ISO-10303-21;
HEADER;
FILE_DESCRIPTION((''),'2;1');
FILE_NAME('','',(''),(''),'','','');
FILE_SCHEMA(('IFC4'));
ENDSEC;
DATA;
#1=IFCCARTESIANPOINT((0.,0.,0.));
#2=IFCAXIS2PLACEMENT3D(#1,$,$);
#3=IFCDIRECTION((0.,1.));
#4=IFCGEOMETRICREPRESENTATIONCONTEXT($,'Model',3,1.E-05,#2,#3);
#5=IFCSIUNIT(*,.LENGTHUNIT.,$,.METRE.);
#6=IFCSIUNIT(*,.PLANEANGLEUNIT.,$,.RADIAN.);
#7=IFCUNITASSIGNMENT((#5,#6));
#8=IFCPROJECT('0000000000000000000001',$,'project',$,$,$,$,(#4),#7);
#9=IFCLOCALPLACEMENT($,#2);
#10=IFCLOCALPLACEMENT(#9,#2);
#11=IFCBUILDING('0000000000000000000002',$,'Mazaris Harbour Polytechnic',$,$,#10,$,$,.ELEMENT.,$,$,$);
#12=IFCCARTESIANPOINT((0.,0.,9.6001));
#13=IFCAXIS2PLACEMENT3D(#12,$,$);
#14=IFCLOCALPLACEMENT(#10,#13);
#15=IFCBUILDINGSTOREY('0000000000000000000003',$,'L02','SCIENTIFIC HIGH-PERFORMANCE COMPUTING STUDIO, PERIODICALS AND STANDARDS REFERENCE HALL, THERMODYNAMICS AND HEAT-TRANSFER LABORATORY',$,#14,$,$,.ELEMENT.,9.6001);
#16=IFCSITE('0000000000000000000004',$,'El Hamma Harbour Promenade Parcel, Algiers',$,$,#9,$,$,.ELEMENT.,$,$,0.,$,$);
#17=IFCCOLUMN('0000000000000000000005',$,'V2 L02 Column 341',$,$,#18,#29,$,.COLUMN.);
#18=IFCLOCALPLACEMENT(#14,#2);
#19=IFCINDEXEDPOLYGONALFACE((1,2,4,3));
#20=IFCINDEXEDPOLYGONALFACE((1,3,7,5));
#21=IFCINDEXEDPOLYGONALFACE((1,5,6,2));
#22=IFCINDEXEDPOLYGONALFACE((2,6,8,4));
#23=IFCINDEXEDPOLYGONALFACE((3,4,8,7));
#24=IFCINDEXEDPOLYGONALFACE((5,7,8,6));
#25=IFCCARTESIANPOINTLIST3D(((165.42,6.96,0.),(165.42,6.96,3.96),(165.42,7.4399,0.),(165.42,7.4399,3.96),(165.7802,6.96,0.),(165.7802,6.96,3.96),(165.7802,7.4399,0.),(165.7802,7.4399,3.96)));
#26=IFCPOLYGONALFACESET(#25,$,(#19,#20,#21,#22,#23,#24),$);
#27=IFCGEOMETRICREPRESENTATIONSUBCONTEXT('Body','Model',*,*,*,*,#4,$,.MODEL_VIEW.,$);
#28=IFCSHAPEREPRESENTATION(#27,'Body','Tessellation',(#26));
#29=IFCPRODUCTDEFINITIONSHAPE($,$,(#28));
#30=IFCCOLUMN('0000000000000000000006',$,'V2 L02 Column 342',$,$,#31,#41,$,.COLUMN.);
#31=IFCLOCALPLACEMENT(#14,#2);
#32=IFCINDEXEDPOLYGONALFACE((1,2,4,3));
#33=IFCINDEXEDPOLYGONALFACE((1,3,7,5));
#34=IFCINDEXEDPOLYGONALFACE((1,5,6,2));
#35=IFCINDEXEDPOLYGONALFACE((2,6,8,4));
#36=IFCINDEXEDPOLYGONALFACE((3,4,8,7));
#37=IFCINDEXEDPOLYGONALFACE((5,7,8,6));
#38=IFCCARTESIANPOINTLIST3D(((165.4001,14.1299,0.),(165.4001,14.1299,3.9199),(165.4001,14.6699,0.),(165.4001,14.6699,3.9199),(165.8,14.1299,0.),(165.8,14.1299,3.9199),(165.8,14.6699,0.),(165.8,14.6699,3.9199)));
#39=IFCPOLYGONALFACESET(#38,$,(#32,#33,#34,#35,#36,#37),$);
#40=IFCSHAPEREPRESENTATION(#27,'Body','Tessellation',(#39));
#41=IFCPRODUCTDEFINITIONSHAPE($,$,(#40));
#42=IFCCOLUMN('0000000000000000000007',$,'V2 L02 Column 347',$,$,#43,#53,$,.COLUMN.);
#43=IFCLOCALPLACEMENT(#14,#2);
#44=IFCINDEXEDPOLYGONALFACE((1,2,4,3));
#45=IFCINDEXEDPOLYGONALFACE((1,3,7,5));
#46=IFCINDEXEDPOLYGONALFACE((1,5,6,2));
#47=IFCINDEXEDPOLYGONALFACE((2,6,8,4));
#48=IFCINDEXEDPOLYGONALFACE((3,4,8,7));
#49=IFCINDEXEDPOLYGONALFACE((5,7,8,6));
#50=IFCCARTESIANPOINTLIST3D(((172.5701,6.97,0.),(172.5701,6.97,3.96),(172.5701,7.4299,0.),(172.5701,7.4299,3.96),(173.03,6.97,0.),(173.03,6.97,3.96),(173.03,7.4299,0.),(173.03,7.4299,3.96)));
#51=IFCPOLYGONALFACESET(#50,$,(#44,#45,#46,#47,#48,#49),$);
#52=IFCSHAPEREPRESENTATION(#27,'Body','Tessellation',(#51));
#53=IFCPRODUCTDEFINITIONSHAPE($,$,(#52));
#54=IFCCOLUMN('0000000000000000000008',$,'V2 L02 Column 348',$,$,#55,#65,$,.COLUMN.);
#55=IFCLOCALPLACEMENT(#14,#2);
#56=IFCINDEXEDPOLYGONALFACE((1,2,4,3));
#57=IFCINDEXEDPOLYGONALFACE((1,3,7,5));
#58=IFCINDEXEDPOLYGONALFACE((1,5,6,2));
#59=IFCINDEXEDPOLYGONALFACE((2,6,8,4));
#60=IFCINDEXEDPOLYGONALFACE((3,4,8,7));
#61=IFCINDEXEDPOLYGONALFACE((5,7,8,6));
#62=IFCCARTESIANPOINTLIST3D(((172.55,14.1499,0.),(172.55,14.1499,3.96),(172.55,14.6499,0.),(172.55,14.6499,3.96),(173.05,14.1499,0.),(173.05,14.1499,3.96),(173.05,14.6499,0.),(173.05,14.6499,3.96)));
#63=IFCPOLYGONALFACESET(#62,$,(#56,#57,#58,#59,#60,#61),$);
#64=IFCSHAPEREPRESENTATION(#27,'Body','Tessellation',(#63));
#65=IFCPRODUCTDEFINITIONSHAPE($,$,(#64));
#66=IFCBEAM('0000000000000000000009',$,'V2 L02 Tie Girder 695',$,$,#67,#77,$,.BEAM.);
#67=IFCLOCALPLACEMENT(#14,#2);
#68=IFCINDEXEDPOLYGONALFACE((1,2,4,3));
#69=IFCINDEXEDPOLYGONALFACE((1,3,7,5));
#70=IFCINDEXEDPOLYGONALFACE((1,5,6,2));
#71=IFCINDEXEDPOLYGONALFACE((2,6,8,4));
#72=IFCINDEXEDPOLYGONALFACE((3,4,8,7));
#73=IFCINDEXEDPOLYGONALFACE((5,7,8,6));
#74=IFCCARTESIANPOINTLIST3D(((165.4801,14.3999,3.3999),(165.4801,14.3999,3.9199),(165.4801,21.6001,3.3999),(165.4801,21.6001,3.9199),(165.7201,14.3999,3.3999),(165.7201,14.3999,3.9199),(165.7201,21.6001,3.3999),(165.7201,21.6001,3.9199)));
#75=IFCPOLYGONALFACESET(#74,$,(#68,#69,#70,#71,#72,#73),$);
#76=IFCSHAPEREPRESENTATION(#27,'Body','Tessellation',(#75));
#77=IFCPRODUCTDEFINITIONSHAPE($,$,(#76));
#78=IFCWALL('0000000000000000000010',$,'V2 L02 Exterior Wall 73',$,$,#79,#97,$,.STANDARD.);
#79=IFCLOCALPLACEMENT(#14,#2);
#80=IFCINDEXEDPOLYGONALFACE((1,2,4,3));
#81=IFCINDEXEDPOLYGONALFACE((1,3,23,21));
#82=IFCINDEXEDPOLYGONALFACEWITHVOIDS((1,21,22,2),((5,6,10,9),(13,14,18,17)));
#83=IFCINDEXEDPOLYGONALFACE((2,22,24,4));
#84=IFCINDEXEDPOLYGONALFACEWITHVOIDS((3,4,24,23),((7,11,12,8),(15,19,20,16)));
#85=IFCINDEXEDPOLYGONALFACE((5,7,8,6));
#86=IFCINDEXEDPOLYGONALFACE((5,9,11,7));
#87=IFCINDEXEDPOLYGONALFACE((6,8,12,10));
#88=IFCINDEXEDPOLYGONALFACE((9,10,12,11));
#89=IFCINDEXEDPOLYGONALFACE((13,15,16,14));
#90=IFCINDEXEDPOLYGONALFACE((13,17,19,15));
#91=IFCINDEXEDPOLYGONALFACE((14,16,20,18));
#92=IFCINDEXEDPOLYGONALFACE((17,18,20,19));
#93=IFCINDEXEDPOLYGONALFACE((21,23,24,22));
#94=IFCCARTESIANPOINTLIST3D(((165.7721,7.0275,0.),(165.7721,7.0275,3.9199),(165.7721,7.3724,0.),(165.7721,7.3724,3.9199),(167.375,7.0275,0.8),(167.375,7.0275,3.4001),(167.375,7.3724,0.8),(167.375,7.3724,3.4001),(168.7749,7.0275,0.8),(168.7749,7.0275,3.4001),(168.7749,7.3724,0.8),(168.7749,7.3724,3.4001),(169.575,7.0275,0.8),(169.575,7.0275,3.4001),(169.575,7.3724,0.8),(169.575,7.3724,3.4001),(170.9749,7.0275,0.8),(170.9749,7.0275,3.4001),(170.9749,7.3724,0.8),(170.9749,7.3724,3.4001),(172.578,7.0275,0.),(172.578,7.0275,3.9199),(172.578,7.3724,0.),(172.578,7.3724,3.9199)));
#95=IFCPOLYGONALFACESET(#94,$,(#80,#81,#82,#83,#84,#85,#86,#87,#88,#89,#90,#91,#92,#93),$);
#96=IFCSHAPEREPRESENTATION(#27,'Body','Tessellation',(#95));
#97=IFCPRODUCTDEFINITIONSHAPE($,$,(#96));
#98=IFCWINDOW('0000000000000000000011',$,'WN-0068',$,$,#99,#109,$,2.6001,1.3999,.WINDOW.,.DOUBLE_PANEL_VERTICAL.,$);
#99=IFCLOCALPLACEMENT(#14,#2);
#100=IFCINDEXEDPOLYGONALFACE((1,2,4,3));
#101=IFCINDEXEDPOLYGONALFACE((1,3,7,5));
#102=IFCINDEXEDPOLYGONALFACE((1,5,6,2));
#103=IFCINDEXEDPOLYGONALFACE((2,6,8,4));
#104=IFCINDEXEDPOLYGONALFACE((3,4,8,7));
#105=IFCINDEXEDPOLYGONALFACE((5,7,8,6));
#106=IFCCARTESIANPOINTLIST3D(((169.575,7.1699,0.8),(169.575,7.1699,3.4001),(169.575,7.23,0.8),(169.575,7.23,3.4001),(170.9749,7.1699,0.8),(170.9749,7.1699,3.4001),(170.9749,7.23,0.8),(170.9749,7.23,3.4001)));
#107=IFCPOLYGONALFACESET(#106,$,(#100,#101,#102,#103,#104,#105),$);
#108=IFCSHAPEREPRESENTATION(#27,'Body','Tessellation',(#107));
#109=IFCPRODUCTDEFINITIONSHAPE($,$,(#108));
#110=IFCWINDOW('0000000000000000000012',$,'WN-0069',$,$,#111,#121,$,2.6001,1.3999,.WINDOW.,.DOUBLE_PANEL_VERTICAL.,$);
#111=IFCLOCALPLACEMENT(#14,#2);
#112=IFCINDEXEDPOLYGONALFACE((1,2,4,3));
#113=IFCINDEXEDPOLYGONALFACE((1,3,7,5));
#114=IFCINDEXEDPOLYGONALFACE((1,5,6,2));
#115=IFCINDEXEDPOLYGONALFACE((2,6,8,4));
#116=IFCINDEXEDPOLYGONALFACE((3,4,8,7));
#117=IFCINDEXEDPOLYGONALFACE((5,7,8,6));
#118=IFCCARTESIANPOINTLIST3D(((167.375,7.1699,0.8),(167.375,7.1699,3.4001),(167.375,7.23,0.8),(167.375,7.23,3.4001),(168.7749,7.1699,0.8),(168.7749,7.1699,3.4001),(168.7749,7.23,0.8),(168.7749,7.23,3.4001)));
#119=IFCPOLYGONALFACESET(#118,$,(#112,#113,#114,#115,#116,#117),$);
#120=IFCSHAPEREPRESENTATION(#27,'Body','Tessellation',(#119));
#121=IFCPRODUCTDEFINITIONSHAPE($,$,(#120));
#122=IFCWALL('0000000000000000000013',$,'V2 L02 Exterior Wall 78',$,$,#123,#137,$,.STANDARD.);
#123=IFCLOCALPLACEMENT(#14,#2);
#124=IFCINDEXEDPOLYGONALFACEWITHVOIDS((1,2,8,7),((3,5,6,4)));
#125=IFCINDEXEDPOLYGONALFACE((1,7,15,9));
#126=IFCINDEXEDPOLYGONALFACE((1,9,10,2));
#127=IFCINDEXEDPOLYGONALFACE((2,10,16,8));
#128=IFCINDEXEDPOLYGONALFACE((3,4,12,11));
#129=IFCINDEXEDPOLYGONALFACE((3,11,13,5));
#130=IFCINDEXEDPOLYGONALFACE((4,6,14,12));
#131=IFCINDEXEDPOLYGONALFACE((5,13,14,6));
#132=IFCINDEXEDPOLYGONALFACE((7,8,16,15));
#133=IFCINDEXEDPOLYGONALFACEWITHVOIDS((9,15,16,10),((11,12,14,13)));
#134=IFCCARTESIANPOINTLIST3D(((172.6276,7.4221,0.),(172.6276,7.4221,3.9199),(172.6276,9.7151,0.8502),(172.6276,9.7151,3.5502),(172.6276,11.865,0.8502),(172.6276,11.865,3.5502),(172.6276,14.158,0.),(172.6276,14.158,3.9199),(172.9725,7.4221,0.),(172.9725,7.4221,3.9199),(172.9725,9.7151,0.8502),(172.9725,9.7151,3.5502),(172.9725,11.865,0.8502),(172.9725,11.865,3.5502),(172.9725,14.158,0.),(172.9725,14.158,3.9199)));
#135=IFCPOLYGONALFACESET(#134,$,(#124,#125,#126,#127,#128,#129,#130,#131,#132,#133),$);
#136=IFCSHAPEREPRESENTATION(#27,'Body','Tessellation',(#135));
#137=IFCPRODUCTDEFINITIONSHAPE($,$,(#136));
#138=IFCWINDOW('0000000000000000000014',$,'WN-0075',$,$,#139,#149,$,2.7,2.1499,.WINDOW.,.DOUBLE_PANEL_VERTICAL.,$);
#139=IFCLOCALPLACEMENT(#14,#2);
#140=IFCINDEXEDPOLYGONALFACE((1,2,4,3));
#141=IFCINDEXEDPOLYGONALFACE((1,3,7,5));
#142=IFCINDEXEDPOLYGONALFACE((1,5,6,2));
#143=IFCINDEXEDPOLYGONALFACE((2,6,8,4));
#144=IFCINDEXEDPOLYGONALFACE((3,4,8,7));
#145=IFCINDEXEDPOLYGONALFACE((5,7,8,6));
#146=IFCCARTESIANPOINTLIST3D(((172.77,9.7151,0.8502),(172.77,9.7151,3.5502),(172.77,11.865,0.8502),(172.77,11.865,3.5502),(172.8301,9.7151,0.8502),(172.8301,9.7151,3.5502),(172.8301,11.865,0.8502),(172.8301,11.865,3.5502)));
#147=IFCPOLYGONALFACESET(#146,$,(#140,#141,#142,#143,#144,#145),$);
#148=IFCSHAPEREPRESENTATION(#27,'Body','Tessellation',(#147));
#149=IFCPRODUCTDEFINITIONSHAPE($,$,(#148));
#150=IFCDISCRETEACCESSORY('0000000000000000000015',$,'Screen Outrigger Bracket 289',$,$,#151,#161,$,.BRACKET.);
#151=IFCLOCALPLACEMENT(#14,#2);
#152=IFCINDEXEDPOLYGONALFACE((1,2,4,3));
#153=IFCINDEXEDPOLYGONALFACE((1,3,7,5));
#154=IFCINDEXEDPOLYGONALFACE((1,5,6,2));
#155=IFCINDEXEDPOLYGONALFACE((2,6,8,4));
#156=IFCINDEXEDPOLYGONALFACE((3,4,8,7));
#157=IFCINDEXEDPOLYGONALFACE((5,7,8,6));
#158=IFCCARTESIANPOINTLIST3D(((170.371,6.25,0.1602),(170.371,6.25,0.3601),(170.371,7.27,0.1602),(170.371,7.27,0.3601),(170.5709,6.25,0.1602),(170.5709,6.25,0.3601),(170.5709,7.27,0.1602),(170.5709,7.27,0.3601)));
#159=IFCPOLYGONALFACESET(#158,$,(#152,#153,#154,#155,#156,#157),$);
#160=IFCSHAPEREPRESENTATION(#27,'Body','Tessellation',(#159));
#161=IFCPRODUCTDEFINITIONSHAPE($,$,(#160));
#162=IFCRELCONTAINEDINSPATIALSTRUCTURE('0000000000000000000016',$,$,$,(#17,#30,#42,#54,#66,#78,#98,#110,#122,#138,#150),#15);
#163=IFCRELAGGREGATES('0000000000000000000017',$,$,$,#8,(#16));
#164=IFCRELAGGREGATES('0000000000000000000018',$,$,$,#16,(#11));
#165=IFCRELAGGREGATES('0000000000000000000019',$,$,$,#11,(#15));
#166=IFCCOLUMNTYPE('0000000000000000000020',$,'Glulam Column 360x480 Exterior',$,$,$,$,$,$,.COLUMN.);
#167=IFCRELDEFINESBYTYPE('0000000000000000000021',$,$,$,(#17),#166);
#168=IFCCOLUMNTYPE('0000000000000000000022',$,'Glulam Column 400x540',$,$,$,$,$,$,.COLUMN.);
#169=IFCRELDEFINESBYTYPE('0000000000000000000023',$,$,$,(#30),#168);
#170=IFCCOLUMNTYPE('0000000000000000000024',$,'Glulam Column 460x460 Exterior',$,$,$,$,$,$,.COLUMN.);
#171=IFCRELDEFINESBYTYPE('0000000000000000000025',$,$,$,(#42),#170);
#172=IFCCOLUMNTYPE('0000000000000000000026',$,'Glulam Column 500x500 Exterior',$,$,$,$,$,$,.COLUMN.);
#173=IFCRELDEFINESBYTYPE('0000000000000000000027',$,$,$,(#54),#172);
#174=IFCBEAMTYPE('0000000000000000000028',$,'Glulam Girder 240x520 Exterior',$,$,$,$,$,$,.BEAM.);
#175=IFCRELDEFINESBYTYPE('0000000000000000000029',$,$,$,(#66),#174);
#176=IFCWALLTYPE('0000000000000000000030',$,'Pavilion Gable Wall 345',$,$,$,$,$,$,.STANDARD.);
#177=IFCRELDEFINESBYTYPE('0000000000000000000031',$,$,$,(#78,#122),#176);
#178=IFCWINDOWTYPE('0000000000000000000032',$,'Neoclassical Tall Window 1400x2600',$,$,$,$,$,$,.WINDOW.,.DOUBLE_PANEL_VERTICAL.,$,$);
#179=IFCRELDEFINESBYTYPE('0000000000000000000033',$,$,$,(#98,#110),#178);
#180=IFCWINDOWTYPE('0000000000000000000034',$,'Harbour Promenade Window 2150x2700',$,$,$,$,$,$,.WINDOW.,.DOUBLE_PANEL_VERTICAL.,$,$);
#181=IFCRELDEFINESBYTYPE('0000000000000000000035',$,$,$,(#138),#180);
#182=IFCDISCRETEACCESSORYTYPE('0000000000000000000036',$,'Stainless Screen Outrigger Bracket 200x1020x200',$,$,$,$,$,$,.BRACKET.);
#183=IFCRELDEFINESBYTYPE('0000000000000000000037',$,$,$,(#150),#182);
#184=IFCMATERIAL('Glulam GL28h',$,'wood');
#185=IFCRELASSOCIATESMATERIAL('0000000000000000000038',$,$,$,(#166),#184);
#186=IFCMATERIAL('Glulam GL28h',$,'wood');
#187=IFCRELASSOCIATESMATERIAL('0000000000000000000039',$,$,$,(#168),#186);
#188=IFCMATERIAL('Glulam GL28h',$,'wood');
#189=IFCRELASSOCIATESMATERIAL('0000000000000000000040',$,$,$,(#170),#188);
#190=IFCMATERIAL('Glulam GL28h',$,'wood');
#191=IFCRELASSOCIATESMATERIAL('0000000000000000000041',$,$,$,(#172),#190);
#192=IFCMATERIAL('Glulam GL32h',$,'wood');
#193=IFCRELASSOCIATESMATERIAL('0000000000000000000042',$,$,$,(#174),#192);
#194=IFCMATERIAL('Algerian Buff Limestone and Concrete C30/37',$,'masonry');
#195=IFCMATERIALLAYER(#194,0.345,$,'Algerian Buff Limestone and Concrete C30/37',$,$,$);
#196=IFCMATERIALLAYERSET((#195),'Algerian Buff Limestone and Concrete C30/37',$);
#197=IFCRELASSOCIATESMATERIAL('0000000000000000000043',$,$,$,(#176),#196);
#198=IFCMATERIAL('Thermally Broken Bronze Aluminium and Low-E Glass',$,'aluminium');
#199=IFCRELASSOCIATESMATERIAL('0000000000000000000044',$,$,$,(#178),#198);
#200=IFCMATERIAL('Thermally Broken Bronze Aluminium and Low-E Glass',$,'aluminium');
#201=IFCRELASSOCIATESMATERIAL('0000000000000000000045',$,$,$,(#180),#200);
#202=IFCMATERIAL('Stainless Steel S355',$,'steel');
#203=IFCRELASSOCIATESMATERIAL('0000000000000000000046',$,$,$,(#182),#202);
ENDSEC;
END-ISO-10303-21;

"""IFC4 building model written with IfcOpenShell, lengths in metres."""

from ifc_helpers import new_model, si_unit, direction, frame, frame_2d, origin, origin_2d, place, context, subcontext, project, spatial, rectangle, extrude, material, layer, layer_set, material_profile, profile_set, type_object, element, fill, save


model = new_model("IFC4")

# Units and contexts
model_context = context("Model", 3, precision=1e-05, world=origin(), true_north=direction((0.0, 1.0)))
body_context = subcontext(model_context, "Body", "Model", "MODEL_VIEW")
ifc_project = project(units=[si_unit("LENGTHUNIT", "METRE"), si_unit("PLANEANGLEUNIT", "RADIAN")], contexts=[model_context])

# Site, building, storey
site_placement = place(None, origin())
site = spatial("IfcSite", under=ifc_project, at=site_placement, Name="El Hamma Harbour Promenade Parcel, Algiers", CompositionType="ELEMENT", RefElevation=0.0)
building_placement = place(site_placement, origin())
building = spatial("IfcBuilding", under=site, at=building_placement, Name="Mazaris Harbour Polytechnic", CompositionType="ELEMENT")
storey_placement = place(building_placement, frame((0.0, 0.0, 9.6001)))
storey = spatial("IfcBuildingStorey", under=building, at=storey_placement, Name="L02", Description="SCIENTIFIC HIGH-PERFORMANCE COMPUTING STUDIO, PERIODICALS AND STANDARDS REFERENCE HALL, THERMODYNAMICS AND HEAT-TRANSFER LABORATORY", CompositionType="ELEMENT", Elevation=9.6001)

# Columns
ifc_material_1 = material(Name="Glulam GL28h", Category="wood")
ifc_material_profile_1 = material_profile(ifc_material_1, rectangle(XDim=0.3601, YDim=0.48, at=origin_2d()), Name="RECT360x480")
ifc_profile_set_1 = profile_set([ifc_material_profile_1], Name="Glulam GL28h")
column_type_1 = type_object("IfcColumnType", Name="Glulam Column 360x480 Exterior", PredefinedType="COLUMN", material=ifc_profile_set_1)
column_1_placement = place(storey_placement, frame((165.6001, 7.2, 0.0), z_axis=(0.0, 0.0, 1.0), x_axis=(1.0, 0.0, 0.0)))
element("IfcColumn", 1, at=column_1_placement, inside=storey, type_object=column_type_1, Name="V2 L02 Column 341", PredefinedType="COLUMN", context=body_context, shape_type="SweptSolid", body=[
    extrude(rectangle(XDim=0.3601, YDim=0.48, at=origin_2d()), origin(), (0.0, 0.0, 1.0), 3.96),
])
ifc_material_2 = material(Name="Glulam GL28h", Category="wood")
ifc_material_profile_2 = material_profile(ifc_material_2, rectangle(XDim=0.3999, YDim=0.54, at=origin_2d()), Name="RECT400x540")
ifc_profile_set_2 = profile_set([ifc_material_profile_2], Name="Glulam GL28h")
column_type_2 = type_object("IfcColumnType", Name="Glulam Column 400x540", PredefinedType="COLUMN", material=ifc_profile_set_2)
column_2_placement = place(storey_placement, frame((165.6001, 14.3999, 0.0), z_axis=(0.0, 0.0, 1.0), x_axis=(1.0, 0.0, 0.0)))
element("IfcColumn", 2, at=column_2_placement, inside=storey, type_object=column_type_2, Name="V2 L02 Column 342", PredefinedType="COLUMN", context=body_context, shape_type="SweptSolid", body=[
    extrude(rectangle(XDim=0.3999, YDim=0.54, at=origin_2d()), origin(), (0.0, 0.0, 1.0), 3.9199),
])
ifc_material_3 = material(Name="Glulam GL28h", Category="wood")
ifc_material_profile_3 = material_profile(ifc_material_3, rectangle(XDim=0.46, YDim=0.46, at=origin_2d()), Name="RECT460x460")
ifc_profile_set_3 = profile_set([ifc_material_profile_3], Name="Glulam GL28h")
column_type_3 = type_object("IfcColumnType", Name="Glulam Column 460x460 Exterior", PredefinedType="COLUMN", material=ifc_profile_set_3)
column_3_placement = place(storey_placement, frame((172.8, 7.2, 0.0), z_axis=(0.0, 0.0, 1.0), x_axis=(1.0, 0.0, 0.0)))
element("IfcColumn", 3, at=column_3_placement, inside=storey, type_object=column_type_3, Name="V2 L02 Column 347", PredefinedType="COLUMN", context=body_context, shape_type="SweptSolid", body=[
    extrude(rectangle(XDim=0.46, YDim=0.46, at=origin_2d()), origin(), (0.0, 0.0, 1.0), 3.96),
])
ifc_material_4 = material(Name="Glulam GL28h", Category="wood")
ifc_material_profile_4 = material_profile(ifc_material_4, rectangle(XDim=0.5, YDim=0.5, at=origin_2d()), Name="RECT500x500")
ifc_profile_set_4 = profile_set([ifc_material_profile_4], Name="Glulam GL28h")
column_type_4 = type_object("IfcColumnType", Name="Glulam Column 500x500 Exterior", PredefinedType="COLUMN", material=ifc_profile_set_4)
column_4_placement = place(storey_placement, frame((172.8, 14.3999, 0.0), z_axis=(0.0, 0.0, 1.0), x_axis=(1.0, 0.0, 0.0)))
element("IfcColumn", 4, at=column_4_placement, inside=storey, type_object=column_type_4, Name="V2 L02 Column 348", PredefinedType="COLUMN", context=body_context, shape_type="SweptSolid", body=[
    extrude(rectangle(XDim=0.5, YDim=0.5, at=origin_2d()), origin(), (0.0, 0.0, 1.0), 3.96),
])

# Beam
ifc_material_5 = material(Name="Glulam GL32h", Category="wood")
ifc_material_profile_5 = material_profile(ifc_material_5, rectangle(XDim=0.24, YDim=0.52, at=origin_2d()), Name="RECT240x520")
ifc_profile_set_5 = profile_set([ifc_material_profile_5], Name="Glulam GL32h")
beam_type = type_object("IfcBeamType", Name="Glulam Girder 240x520 Exterior", PredefinedType="BEAM", material=ifc_profile_set_5)
beam_placement = place(storey_placement, frame((165.6001, 14.3999, 3.6599), z_axis=(0.0, 1.0, 0.0), x_axis=(-1.0, 0.0, 0.0)))
element("IfcBeam", 5, at=beam_placement, inside=storey, type_object=beam_type, Name="V2 L02 Tie Girder 695", PredefinedType="BEAM", context=body_context, shape_type="SweptSolid", body=[
    extrude(rectangle(XDim=0.24, YDim=0.52, at=origin_2d()), origin(), (0.0, 0.0, 1.0), 7.2002),
])

# Wall, openings, windows
ifc_material_6 = material(Name="Algerian Buff Limestone and Concrete C30/37", Category="masonry")
ifc_layer = layer(ifc_material_6, 0.345, Name="Algerian Buff Limestone and Concrete C30/37")
ifc_layer_set = layer_set([ifc_layer], Name="Algerian Buff Limestone and Concrete C30/37")
wall_type = type_object("IfcWallType", Name="Pavilion Gable Wall 345", PredefinedType="STANDARD", material=ifc_layer_set)
wall_1_placement = place(storey_placement, frame((172.5779, 7.2, 0.0), z_axis=(0.0, 0.0, 1.0), x_axis=(-1.0, 0.0, 0.0)))
wall_1 = element("IfcWall", 6, at=wall_1_placement, inside=storey, type_object=wall_type, Name="V2 L02 Exterior Wall 73", PredefinedType="STANDARD", context=body_context, shape_type="SweptSolid", body=[
    extrude(rectangle(XDim=6.8059, YDim=0.345, at=frame_2d((3.4028, 0.0))), origin(), (0.0, 0.0, 1.0), 3.9199),
])
opening_1_placement = place(wall_1_placement, frame((1.603, 0.0, 0.8)))
opening_1 = element("IfcOpeningElement", 7, at=opening_1_placement, cuts=wall_1, PredefinedType="OPENING", context=body_context, shape_type="SweptSolid", body=[
    extrude(rectangle(XDim=1.3999, YDim=2.6001, at=frame_2d((0.7, 1.3))), frame((0.0, 0.1824, 0.0), z_axis=(0.0, -1.0, 0.0), x_axis=(1.0, 0.0, 0.0)), (0.0, 0.0, 1.0), 0.365),
])
opening_2_placement = place(wall_1_placement, frame((3.803, 0.0, 0.8)))
opening_2 = element("IfcOpeningElement", 8, at=opening_2_placement, cuts=wall_1, PredefinedType="OPENING", context=body_context, shape_type="SweptSolid", body=[
    extrude(rectangle(XDim=1.3999, YDim=2.6001, at=frame_2d((0.7, 1.3))), frame((0.0, 0.1824, 0.0), z_axis=(0.0, -1.0, 0.0), x_axis=(1.0, 0.0, 0.0)), (0.0, 0.0, 1.0), 0.365),
])
ifc_material_7 = material(Name="Thermally Broken Bronze Aluminium and Low-E Glass", Category="aluminium")
window_type_1 = type_object("IfcWindowType", Name="Neoclassical Tall Window 1400x2600", PartitioningType="DOUBLE_PANEL_VERTICAL", PredefinedType="WINDOW", material=ifc_material_7)
window_1_placement = place(opening_1_placement, origin())
window_1 = element("IfcWindow", 9, at=window_1_placement, inside=storey, type_object=window_type_1, Name="WN-0068", OverallHeight=2.6001, OverallWidth=1.3999, PartitioningType="DOUBLE_PANEL_VERTICAL", PredefinedType="WINDOW", context=body_context, shape_type="SweptSolid", body=[
    extrude(rectangle(XDim=1.3999, YDim=2.6001, at=frame_2d((0.7, 1.3))), frame((0.0, 0.03, 0.0), z_axis=(0.0, -1.0, 0.0), x_axis=(1.0, 0.0, 0.0)), (0.0, 0.0, 1.0), 0.0601),
])
fill(opening_1, window_1)
window_2_placement = place(opening_2_placement, origin())
window_2 = element("IfcWindow", 10, at=window_2_placement, inside=storey, type_object=window_type_1, Name="WN-0069", OverallHeight=2.6001, OverallWidth=1.3999, PartitioningType="DOUBLE_PANEL_VERTICAL", PredefinedType="WINDOW", context=body_context, shape_type="SweptSolid", body=[
    extrude(rectangle(XDim=1.3999, YDim=2.6001, at=frame_2d((0.7, 1.3))), frame((0.0, 0.03, 0.0), z_axis=(0.0, -1.0, 0.0), x_axis=(1.0, 0.0, 0.0)), (0.0, 0.0, 1.0), 0.0601),
])
fill(opening_2, window_2)

# Wall, opening, window
wall_2_placement = place(storey_placement, frame((172.8, 14.158, 0.0), z_axis=(0.0, 0.0, 1.0), x_axis=(0.0, -1.0, 0.0)))
wall_2 = element("IfcWall", 11, at=wall_2_placement, inside=storey, type_object=wall_type, Name="V2 L02 Exterior Wall 78", PredefinedType="STANDARD", context=body_context, shape_type="SweptSolid", body=[
    extrude(rectangle(XDim=6.7358, YDim=0.345, at=frame_2d((3.3679, 0.0))), origin(), (0.0, 0.0, 1.0), 3.9199),
])
opening_3_placement = place(wall_2_placement, frame((2.293, 0.0, 0.8501)))
opening_3 = element("IfcOpeningElement", 12, at=opening_3_placement, cuts=wall_2, PredefinedType="OPENING", context=body_context, shape_type="SweptSolid", body=[
    extrude(rectangle(XDim=2.1499, YDim=2.7, at=frame_2d((1.075, 1.3501))), frame((0.0, 0.1824, 0.0), z_axis=(0.0, -1.0, 0.0), x_axis=(1.0, 0.0, 0.0)), (0.0, 0.0, 1.0), 0.365),
])
ifc_material_8 = material(Name="Thermally Broken Bronze Aluminium and Low-E Glass", Category="aluminium")
window_type_2 = type_object("IfcWindowType", Name="Harbour Promenade Window 2150x2700", PartitioningType="DOUBLE_PANEL_VERTICAL", PredefinedType="WINDOW", material=ifc_material_8)
window_3_placement = place(opening_3_placement, origin())
window_3 = element("IfcWindow", 13, at=window_3_placement, inside=storey, type_object=window_type_2, Name="WN-0075", OverallHeight=2.7, OverallWidth=2.1499, PartitioningType="DOUBLE_PANEL_VERTICAL", PredefinedType="WINDOW", context=body_context, shape_type="SweptSolid", body=[
    extrude(rectangle(XDim=2.1499, YDim=2.7, at=frame_2d((1.075, 1.3501))), frame((0.0, 0.03, 0.0), z_axis=(0.0, -1.0, 0.0), x_axis=(1.0, 0.0, 0.0)), (0.0, 0.0, 1.0), 0.0601),
])
fill(opening_3, window_3)

# Discrete accessory
ifc_material_9 = material(Name="Stainless Steel S355", Category="steel")
discrete_accessory_type = type_object("IfcDiscreteAccessoryType", Name="Stainless Screen Outrigger Bracket 200x1020x200", PredefinedType="BRACKET", material=ifc_material_9)
for number, where, z_axis, x_axis, name in (
    (14, (170.4709, 6.76, 0.1602), (0.0, 0.0, 1.0), (-1.0, 0.0, 0.0), "Screen Outrigger Bracket 289"),
):
    element("IfcDiscreteAccessory", number, at=place(storey_placement, frame(where, z_axis=z_axis, x_axis=x_axis)), inside=storey, type_object=discrete_accessory_type, Name=name, PredefinedType="BRACKET", context=body_context, shape_type="SweptSolid", body=[
        extrude(rectangle(XDim=0.2, YDim=1.02, at=origin_2d()), origin(), (0.0, 0.0, 1.0), 0.2),
    ])

save(model, "model.ifc")
